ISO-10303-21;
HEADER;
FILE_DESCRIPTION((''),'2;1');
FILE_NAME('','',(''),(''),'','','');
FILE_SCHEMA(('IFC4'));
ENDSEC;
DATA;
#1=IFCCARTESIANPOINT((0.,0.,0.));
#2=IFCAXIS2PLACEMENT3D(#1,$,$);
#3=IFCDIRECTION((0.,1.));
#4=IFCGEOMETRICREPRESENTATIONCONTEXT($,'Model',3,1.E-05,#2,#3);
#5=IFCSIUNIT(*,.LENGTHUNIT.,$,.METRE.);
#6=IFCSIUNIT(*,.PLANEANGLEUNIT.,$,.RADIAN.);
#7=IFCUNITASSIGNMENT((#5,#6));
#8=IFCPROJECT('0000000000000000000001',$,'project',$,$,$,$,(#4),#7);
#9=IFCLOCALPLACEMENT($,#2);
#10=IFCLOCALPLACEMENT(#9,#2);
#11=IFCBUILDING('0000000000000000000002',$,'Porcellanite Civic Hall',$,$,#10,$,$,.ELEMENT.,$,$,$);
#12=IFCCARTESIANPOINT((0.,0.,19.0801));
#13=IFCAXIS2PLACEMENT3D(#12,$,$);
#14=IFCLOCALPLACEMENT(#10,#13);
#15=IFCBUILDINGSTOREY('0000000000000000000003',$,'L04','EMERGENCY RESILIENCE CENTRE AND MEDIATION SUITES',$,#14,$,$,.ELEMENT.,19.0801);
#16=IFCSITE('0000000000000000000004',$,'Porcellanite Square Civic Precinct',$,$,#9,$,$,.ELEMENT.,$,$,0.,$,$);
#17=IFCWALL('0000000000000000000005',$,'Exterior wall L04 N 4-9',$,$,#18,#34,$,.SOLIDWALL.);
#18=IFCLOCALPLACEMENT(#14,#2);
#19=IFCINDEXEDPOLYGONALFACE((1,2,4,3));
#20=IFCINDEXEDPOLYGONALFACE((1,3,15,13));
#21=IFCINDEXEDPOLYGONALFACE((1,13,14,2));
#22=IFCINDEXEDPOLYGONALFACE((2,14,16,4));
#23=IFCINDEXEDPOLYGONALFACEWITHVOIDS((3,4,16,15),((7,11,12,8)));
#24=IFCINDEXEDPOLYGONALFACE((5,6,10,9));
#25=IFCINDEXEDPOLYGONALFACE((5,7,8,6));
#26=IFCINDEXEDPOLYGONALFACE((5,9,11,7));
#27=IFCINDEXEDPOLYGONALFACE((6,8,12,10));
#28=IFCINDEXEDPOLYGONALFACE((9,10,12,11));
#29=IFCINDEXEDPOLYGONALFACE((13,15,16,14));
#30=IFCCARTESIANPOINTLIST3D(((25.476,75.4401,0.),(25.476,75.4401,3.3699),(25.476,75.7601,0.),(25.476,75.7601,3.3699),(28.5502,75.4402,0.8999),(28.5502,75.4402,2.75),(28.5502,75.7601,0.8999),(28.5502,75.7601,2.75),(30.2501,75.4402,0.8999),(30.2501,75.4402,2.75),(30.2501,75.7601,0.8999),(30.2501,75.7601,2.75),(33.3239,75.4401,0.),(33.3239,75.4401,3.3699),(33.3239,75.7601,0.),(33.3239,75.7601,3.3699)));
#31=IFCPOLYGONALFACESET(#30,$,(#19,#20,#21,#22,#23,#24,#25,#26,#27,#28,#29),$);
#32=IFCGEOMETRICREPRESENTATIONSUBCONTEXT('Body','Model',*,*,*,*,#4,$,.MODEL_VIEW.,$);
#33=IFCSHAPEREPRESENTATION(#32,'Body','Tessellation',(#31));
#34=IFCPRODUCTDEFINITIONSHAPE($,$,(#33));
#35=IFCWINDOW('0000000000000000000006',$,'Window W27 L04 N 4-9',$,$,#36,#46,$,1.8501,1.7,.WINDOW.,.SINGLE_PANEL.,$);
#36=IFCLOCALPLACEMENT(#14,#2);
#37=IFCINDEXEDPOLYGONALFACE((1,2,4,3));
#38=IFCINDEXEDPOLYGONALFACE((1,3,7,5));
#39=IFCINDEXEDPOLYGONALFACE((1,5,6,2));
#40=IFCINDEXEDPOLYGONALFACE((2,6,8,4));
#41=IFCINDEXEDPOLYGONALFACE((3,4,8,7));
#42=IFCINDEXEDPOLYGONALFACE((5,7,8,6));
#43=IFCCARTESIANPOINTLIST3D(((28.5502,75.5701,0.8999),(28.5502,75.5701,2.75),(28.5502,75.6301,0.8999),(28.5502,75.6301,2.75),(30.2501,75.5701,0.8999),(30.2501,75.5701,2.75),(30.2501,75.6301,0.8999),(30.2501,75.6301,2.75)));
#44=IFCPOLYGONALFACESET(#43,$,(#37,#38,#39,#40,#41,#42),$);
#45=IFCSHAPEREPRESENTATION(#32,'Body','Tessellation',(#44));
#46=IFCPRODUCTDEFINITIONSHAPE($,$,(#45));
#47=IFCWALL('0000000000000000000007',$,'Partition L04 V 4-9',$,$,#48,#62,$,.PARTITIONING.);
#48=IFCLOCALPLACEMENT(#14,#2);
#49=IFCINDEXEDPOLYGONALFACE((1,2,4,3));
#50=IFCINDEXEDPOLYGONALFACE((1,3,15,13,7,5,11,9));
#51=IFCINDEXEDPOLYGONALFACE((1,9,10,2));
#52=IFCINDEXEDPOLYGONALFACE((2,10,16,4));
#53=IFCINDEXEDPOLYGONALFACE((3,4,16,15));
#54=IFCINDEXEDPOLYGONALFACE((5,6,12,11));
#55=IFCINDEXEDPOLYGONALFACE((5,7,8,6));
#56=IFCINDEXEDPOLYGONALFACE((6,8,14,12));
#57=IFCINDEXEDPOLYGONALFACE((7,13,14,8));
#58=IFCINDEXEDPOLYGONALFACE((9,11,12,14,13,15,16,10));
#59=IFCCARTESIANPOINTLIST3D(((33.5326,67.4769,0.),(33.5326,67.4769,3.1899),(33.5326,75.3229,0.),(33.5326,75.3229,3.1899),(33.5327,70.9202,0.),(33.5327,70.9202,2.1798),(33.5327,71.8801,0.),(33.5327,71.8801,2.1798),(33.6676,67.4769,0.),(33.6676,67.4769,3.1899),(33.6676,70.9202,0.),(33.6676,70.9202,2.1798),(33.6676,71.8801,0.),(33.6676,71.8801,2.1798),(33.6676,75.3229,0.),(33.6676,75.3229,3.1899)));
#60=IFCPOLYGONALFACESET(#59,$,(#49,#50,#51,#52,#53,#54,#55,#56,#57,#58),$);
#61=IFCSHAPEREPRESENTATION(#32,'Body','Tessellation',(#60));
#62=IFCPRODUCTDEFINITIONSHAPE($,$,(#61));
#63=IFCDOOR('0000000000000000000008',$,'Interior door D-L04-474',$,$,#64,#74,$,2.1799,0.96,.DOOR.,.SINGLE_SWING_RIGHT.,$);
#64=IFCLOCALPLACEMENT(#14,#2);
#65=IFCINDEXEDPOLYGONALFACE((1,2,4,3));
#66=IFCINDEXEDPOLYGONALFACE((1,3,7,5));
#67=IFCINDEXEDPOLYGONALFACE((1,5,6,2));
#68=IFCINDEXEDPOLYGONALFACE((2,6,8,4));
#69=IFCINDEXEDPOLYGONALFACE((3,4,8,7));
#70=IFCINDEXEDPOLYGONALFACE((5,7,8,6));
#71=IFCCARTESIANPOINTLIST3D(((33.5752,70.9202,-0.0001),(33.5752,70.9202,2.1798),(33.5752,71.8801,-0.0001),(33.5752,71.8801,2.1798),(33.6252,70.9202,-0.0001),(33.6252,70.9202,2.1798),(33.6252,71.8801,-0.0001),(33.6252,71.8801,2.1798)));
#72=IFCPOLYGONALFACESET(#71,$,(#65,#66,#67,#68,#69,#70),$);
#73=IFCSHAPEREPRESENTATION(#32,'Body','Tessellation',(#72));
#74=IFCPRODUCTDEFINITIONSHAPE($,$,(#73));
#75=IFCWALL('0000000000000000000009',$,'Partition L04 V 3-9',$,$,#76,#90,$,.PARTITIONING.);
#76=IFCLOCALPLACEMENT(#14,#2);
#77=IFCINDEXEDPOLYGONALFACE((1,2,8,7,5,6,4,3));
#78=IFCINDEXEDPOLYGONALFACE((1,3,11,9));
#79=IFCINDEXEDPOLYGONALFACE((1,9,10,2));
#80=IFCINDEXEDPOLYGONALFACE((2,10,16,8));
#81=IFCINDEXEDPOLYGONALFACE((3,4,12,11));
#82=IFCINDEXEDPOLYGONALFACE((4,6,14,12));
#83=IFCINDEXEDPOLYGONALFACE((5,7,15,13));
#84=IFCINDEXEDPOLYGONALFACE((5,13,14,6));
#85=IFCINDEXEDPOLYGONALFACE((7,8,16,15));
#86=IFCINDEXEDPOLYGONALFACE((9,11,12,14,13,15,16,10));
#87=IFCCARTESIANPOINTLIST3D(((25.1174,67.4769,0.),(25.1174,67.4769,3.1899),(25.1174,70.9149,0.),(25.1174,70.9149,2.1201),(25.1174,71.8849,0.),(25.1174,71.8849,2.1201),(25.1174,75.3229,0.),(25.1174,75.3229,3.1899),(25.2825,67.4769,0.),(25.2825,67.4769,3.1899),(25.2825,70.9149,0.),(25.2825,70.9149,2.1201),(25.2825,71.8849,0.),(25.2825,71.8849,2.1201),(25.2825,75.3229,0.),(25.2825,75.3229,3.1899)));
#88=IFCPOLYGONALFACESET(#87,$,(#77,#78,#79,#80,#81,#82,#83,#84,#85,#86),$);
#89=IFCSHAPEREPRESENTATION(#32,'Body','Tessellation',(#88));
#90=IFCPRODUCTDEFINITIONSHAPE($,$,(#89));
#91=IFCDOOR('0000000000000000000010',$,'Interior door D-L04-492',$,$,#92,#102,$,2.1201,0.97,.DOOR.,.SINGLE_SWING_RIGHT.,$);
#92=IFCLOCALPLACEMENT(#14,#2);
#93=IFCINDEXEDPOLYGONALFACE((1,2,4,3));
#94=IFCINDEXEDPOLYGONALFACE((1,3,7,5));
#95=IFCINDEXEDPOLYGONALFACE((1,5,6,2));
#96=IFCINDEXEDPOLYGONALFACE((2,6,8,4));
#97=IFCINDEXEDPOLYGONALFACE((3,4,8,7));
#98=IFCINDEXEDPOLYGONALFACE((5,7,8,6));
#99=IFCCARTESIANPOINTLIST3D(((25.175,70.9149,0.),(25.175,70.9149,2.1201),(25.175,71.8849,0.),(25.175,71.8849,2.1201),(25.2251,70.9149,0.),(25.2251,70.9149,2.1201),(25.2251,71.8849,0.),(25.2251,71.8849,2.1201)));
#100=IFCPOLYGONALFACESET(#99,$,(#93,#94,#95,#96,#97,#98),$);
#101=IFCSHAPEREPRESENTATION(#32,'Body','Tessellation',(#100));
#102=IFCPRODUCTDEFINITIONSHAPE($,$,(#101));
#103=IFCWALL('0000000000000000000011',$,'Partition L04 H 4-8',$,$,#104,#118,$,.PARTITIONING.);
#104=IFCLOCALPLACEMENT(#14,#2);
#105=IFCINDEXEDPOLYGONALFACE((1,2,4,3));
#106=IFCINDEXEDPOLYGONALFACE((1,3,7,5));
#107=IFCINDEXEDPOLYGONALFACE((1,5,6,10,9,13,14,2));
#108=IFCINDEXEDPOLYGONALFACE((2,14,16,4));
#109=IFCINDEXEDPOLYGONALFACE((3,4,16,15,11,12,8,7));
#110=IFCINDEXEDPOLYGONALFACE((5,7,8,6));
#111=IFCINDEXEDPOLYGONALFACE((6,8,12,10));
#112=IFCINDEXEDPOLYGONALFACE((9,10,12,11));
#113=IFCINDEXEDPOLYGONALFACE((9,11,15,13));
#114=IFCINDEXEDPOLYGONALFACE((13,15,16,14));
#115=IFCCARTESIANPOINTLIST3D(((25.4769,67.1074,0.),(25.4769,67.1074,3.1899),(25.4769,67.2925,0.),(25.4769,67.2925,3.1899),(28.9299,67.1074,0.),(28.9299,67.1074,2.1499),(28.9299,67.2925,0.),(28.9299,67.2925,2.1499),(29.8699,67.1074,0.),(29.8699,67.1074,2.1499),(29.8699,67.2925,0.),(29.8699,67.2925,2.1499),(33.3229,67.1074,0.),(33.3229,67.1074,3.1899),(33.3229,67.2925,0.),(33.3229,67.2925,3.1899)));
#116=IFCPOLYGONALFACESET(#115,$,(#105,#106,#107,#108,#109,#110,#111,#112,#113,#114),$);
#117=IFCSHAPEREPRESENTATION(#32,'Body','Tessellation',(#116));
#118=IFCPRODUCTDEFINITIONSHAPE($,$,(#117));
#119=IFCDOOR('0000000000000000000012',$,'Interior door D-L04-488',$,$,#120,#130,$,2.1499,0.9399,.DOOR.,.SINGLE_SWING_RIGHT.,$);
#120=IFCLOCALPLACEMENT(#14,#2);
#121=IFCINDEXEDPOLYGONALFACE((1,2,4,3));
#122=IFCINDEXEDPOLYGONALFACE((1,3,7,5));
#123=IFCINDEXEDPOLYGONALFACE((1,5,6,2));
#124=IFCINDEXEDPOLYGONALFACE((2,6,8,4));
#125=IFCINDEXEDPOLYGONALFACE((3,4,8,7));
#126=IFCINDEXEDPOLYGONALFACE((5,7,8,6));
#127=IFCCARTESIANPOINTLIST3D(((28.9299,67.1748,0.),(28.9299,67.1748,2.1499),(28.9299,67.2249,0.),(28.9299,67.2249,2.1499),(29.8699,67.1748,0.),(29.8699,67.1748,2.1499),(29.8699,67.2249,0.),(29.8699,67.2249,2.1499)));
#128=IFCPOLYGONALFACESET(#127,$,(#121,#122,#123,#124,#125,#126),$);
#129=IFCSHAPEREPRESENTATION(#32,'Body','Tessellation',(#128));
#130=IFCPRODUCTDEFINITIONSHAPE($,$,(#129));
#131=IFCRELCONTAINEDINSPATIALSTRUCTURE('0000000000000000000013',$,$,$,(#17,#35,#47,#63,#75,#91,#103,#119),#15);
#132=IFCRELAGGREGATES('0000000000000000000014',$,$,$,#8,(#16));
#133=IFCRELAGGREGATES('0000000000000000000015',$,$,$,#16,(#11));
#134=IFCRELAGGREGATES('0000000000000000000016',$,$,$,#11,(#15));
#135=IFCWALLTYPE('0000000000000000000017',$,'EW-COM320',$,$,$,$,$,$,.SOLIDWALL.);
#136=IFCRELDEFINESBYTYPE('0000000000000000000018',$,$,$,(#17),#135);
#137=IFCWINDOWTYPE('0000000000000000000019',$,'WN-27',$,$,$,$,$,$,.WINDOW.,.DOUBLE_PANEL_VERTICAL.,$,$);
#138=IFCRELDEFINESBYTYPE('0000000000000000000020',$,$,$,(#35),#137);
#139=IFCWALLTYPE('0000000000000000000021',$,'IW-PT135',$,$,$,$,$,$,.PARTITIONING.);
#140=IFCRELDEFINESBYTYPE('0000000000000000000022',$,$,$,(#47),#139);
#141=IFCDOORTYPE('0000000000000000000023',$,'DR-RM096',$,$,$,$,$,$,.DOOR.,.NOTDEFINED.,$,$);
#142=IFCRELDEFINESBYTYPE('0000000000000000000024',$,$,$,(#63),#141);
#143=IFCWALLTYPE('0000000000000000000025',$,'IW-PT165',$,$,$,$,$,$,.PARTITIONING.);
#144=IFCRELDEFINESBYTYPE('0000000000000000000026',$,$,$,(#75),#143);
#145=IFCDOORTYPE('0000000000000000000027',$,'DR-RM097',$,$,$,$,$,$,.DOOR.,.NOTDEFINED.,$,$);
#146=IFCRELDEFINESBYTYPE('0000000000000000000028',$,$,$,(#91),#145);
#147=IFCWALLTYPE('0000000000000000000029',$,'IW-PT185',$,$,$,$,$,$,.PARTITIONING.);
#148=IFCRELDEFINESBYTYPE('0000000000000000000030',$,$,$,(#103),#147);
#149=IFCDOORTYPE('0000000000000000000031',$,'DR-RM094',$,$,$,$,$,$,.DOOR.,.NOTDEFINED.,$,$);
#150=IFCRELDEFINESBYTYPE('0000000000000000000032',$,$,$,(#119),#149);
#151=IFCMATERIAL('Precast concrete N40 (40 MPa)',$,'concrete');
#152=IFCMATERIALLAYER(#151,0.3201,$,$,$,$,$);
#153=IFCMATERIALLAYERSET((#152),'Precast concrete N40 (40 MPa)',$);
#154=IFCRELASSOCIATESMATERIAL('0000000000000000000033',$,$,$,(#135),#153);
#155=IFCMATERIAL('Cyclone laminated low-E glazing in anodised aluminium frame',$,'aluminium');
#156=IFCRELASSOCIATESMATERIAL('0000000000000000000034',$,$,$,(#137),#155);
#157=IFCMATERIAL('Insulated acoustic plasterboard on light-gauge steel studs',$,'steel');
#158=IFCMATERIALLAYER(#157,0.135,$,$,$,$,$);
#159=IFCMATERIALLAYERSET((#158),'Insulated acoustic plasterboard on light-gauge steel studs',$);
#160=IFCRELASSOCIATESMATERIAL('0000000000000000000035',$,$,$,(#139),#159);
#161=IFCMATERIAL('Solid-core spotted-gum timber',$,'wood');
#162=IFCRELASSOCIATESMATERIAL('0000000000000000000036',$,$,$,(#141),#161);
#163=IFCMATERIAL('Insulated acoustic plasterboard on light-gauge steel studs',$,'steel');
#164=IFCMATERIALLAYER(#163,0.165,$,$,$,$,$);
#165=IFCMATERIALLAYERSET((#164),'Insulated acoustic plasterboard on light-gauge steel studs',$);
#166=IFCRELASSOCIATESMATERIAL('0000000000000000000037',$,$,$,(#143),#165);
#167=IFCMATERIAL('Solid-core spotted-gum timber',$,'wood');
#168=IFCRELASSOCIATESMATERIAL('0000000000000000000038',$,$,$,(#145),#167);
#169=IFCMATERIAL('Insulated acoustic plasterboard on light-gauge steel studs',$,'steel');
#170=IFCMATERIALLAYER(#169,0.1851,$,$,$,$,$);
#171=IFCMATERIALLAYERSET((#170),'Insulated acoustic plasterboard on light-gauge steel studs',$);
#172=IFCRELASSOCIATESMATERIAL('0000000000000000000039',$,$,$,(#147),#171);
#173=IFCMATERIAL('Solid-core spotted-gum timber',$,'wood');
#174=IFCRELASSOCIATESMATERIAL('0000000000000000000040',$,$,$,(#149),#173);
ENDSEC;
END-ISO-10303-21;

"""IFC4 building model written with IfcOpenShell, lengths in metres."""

from ifc_helpers import new_model, si_unit, direction, frame, frame_2d, origin, place, context, subcontext, project, spatial, rectangle, extrude, material, layer, layer_set, type_object, element, fill, save


model = new_model("IFC4")

# Units and contexts
model_context = context("Model", 3, precision=1e-05, world=origin(), true_north=direction((0.0, 1.0)))
body_context = subcontext(model_context, "Body", "Model", "MODEL_VIEW")
ifc_project = project(units=[si_unit("LENGTHUNIT", "METRE"), si_unit("PLANEANGLEUNIT", "RADIAN")], contexts=[model_context])

# Site, building, storey
site_placement = place(None, origin())
site = spatial("IfcSite", under=ifc_project, at=site_placement, Name="Porcellanite Square Civic Precinct", CompositionType="ELEMENT", RefElevation=0.0)
building_placement = place(site_placement, origin())
building = spatial("IfcBuilding", under=site, at=building_placement, Name="Porcellanite Civic Hall", CompositionType="ELEMENT")
storey_placement = place(building_placement, frame((0.0, 0.0, 19.0801)))
storey = spatial("IfcBuildingStorey", under=building, at=storey_placement, Name="L04", Description="EMERGENCY RESILIENCE CENTRE AND MEDIATION SUITES", CompositionType="ELEMENT", Elevation=19.0801)

# Wall, opening, window
ifc_material_1 = material(Name="Precast concrete N40 (40 MPa)", Category="concrete")
ifc_layer_1 = layer(ifc_material_1, 0.3201)
ifc_layer_set_1 = layer_set([ifc_layer_1], Name="Precast concrete N40 (40 MPa)")
wall_type_1 = type_object("IfcWallType", Name="EW-COM320", PredefinedType="SOLIDWALL", material=ifc_layer_set_1)
wall_1_placement = place(storey_placement, frame((25.4761, 75.6001, 0.0), z_axis=(0.0, 0.0, 1.0), x_axis=(1.0, 0.0, 0.0)))
wall_1 = element("IfcWall", 1, at=wall_1_placement, inside=storey, type_object=wall_type_1, Name="Exterior wall L04 N 4-9", PredefinedType="SOLIDWALL", context=body_context, shape_type="SweptSolid", body=[
    extrude(rectangle(XDim=7.8479, YDim=0.3201, at=frame_2d((3.9238, 0.0))), origin(), (0.0, 0.0, 1.0), 3.3699),
])
opening_1_placement = place(wall_1_placement, frame((3.074, 0.0, 0.8999)))
opening_1 = element("IfcOpeningElement", 2, at=opening_1_placement, cuts=wall_1, PredefinedType="OPENING", context=body_context, shape_type="SweptSolid", body=[
    extrude(rectangle(XDim=1.7, YDim=1.8501, at=frame_2d((0.8501, 0.925))), frame((0.0, 0.1602, 0.0), z_axis=(0.0, -1.0, 0.0), x_axis=(1.0, 0.0, 0.0)), (0.0, 0.0, 1.0), 0.3201),
])
ifc_material_2 = material(Name="Cyclone laminated low-E glazing in anodised aluminium frame", Category="aluminium")
window_type = type_object("IfcWindowType", Name="WN-27", PartitioningType="DOUBLE_PANEL_VERTICAL", PredefinedType="WINDOW", material=ifc_material_2)
window_placement = place(opening_1_placement, origin())
window = element("IfcWindow", 3, at=window_placement, inside=storey, type_object=window_type, Name="Window W27 L04 N 4-9", OverallHeight=1.8501, OverallWidth=1.7, PartitioningType="SINGLE_PANEL", PredefinedType="WINDOW", context=body_context, shape_type="SweptSolid", body=[
    extrude(rectangle(XDim=1.7, YDim=1.8501, at=frame_2d((0.8501, 0.925))), frame((0.0, 0.03, 0.0), z_axis=(0.0, -1.0, 0.0), x_axis=(1.0, 0.0, 0.0)), (0.0, 0.0, 1.0), 0.0601),
])
fill(opening_1, window)

# Walls, openings, doors
ifc_material_3 = material(Name="Insulated acoustic plasterboard on light-gauge steel studs", Category="steel")
ifc_layer_2 = layer(ifc_material_3, 0.135)
ifc_layer_set_2 = layer_set([ifc_layer_2], Name="Insulated acoustic plasterboard on light-gauge steel studs")
wall_type_2 = type_object("IfcWallType", Name="IW-PT135", PredefinedType="PARTITIONING", material=ifc_layer_set_2)
wall_2_placement = place(storey_placement, frame((33.6001, 67.4771, 0.0), z_axis=(0.0, 0.0, 1.0), x_axis=(0.0, 1.0, 0.0)))
wall_2 = element("IfcWall", 4, at=wall_2_placement, inside=storey, type_object=wall_type_2, Name="Partition L04 V 4-9", PredefinedType="PARTITIONING", context=body_context, shape_type="SweptSolid", body=[
    extrude(rectangle(XDim=7.8459, YDim=0.135, at=frame_2d((3.9229, 0.0))), origin(), (0.0, 0.0, 1.0), 3.1899),
])
opening_2_placement = place(wall_2_placement, frame((3.4431, 0.0, 0.0)))
opening_2 = element("IfcOpeningElement", 5, at=opening_2_placement, cuts=wall_2, PredefinedType="OPENING", context=body_context, shape_type="SweptSolid", body=[
    extrude(rectangle(XDim=0.96, YDim=2.1799, at=frame_2d((0.48, 1.0898))), frame((0.0, 0.0674, 0.0), z_axis=(0.0, -1.0, 0.0), x_axis=(1.0, 0.0, 0.0)), (0.0, 0.0, 1.0), 0.135),
])
ifc_material_4 = material(Name="Solid-core spotted-gum timber", Category="wood")
door_type_1 = type_object("IfcDoorType", Name="DR-RM096", OperationType="NOTDEFINED", PredefinedType="DOOR", material=ifc_material_4)
door_1_placement = place(opening_2_placement, origin())
door_1 = element("IfcDoor", 6, at=door_1_placement, inside=storey, type_object=door_type_1, Name="Interior door D-L04-474", OperationType="SINGLE_SWING_RIGHT", OverallHeight=2.1799, OverallWidth=0.96, PredefinedType="DOOR", context=body_context, shape_type="SweptSolid", body=[
    extrude(rectangle(XDim=0.96, YDim=2.1799, at=frame_2d((0.48, 1.0898))), frame((0.0, 0.0249, 0.0), z_axis=(0.0, -1.0, 0.0), x_axis=(1.0, 0.0, 0.0)), (0.0, 0.0, 1.0), 0.05),
])
fill(opening_2, door_1)
ifc_material_5 = material(Name="Insulated acoustic plasterboard on light-gauge steel studs", Category="steel")
ifc_layer_3 = layer(ifc_material_5, 0.165)
ifc_layer_set_3 = layer_set([ifc_layer_3], Name="Insulated acoustic plasterboard on light-gauge steel studs")
wall_type_3 = type_object("IfcWallType", Name="IW-PT165", PredefinedType="PARTITIONING", material=ifc_layer_set_3)
wall_3_placement = place(storey_placement, frame((25.2, 67.4771, 0.0), z_axis=(0.0, 0.0, 1.0), x_axis=(0.0, 1.0, 0.0)))
wall_3 = element("IfcWall", 7, at=wall_3_placement, inside=storey, type_object=wall_type_3, Name="Partition L04 V 3-9", PredefinedType="PARTITIONING", context=body_context, shape_type="SweptSolid", body=[
    extrude(rectangle(XDim=7.8459, YDim=0.165, at=frame_2d((3.9229, 0.0))), origin(), (0.0, 0.0, 1.0), 3.1899),
])
opening_3_placement = place(wall_3_placement, frame((3.438, 0.0, 0.0)))
opening_3 = element("IfcOpeningElement", 8, at=opening_3_placement, cuts=wall_3, PredefinedType="OPENING", context=body_context, shape_type="SweptSolid", body=[
    extrude(rectangle(XDim=0.97, YDim=2.1201, at=frame_2d((0.4849, 1.0601))), frame((0.0, 0.0825, 0.0), z_axis=(0.0, -1.0, 0.0), x_axis=(1.0, 0.0, 0.0)), (0.0, 0.0, 1.0), 0.165),
])
ifc_material_6 = material(Name="Solid-core spotted-gum timber", Category="wood")
door_type_2 = type_object("IfcDoorType", Name="DR-RM097", OperationType="NOTDEFINED", PredefinedType="DOOR", material=ifc_material_6)
door_2_placement = place(opening_3_placement, origin())
door_2 = element("IfcDoor", 9, at=door_2_placement, inside=storey, type_object=door_type_2, Name="Interior door D-L04-492", OperationType="SINGLE_SWING_RIGHT", OverallHeight=2.1201, OverallWidth=0.97, PredefinedType="DOOR", context=body_context, shape_type="SweptSolid", body=[
    extrude(rectangle(XDim=0.97, YDim=2.1201, at=frame_2d((0.4849, 1.0601))), frame((0.0, 0.0249, 0.0), z_axis=(0.0, -1.0, 0.0), x_axis=(1.0, 0.0, 0.0)), (0.0, 0.0, 1.0), 0.05),
])
fill(opening_3, door_2)
ifc_material_7 = material(Name="Insulated acoustic plasterboard on light-gauge steel studs", Category="steel")
ifc_layer_4 = layer(ifc_material_7, 0.1851)
ifc_layer_set_4 = layer_set([ifc_layer_4], Name="Insulated acoustic plasterboard on light-gauge steel studs")
wall_type_4 = type_object("IfcWallType", Name="IW-PT185", PredefinedType="PARTITIONING", material=ifc_layer_set_4)
wall_4_placement = place(storey_placement, frame((25.4771, 67.2, 0.0), z_axis=(0.0, 0.0, 1.0), x_axis=(1.0, 0.0, 0.0)))
wall_4 = element("IfcWall", 10, at=wall_4_placement, inside=storey, type_object=wall_type_4, Name="Partition L04 H 4-8", PredefinedType="PARTITIONING", context=body_context, shape_type="SweptSolid", body=[
    extrude(rectangle(XDim=7.8459, YDim=0.1851, at=frame_2d((3.9229, 0.0))), origin(), (0.0, 0.0, 1.0), 3.1899),
])
opening_4_placement = place(wall_4_placement, frame((3.4529, 0.0, 0.0)))
opening_4 = element("IfcOpeningElement", 11, at=opening_4_placement, cuts=wall_4, PredefinedType="OPENING", context=body_context, shape_type="SweptSolid", body=[
    extrude(rectangle(XDim=0.9399, YDim=2.1499, at=frame_2d((0.47, 1.075))), frame((0.0, 0.0925, 0.0), z_axis=(0.0, -1.0, 0.0), x_axis=(1.0, 0.0, 0.0)), (0.0, 0.0, 1.0), 0.1851),
])
ifc_material_8 = material(Name="Solid-core spotted-gum timber", Category="wood")
door_type_3 = type_object("IfcDoorType", Name="DR-RM094", OperationType="NOTDEFINED", PredefinedType="DOOR", material=ifc_material_8)
door_3_placement = place(opening_4_placement, origin())
door_3 = element("IfcDoor", 12, at=door_3_placement, inside=storey, type_object=door_type_3, Name="Interior door D-L04-488", OperationType="SINGLE_SWING_RIGHT", OverallHeight=2.1499, OverallWidth=0.9399, PredefinedType="DOOR", context=body_context, shape_type="SweptSolid", body=[
    extrude(rectangle(XDim=0.9399, YDim=2.1499, at=frame_2d((0.47, 1.075))), frame((0.0, 0.0249, 0.0), z_axis=(0.0, -1.0, 0.0), x_axis=(1.0, 0.0, 0.0)), (0.0, 0.0, 1.0), 0.05),
])
fill(opening_4, door_3)

save(model, "model.ifc")
